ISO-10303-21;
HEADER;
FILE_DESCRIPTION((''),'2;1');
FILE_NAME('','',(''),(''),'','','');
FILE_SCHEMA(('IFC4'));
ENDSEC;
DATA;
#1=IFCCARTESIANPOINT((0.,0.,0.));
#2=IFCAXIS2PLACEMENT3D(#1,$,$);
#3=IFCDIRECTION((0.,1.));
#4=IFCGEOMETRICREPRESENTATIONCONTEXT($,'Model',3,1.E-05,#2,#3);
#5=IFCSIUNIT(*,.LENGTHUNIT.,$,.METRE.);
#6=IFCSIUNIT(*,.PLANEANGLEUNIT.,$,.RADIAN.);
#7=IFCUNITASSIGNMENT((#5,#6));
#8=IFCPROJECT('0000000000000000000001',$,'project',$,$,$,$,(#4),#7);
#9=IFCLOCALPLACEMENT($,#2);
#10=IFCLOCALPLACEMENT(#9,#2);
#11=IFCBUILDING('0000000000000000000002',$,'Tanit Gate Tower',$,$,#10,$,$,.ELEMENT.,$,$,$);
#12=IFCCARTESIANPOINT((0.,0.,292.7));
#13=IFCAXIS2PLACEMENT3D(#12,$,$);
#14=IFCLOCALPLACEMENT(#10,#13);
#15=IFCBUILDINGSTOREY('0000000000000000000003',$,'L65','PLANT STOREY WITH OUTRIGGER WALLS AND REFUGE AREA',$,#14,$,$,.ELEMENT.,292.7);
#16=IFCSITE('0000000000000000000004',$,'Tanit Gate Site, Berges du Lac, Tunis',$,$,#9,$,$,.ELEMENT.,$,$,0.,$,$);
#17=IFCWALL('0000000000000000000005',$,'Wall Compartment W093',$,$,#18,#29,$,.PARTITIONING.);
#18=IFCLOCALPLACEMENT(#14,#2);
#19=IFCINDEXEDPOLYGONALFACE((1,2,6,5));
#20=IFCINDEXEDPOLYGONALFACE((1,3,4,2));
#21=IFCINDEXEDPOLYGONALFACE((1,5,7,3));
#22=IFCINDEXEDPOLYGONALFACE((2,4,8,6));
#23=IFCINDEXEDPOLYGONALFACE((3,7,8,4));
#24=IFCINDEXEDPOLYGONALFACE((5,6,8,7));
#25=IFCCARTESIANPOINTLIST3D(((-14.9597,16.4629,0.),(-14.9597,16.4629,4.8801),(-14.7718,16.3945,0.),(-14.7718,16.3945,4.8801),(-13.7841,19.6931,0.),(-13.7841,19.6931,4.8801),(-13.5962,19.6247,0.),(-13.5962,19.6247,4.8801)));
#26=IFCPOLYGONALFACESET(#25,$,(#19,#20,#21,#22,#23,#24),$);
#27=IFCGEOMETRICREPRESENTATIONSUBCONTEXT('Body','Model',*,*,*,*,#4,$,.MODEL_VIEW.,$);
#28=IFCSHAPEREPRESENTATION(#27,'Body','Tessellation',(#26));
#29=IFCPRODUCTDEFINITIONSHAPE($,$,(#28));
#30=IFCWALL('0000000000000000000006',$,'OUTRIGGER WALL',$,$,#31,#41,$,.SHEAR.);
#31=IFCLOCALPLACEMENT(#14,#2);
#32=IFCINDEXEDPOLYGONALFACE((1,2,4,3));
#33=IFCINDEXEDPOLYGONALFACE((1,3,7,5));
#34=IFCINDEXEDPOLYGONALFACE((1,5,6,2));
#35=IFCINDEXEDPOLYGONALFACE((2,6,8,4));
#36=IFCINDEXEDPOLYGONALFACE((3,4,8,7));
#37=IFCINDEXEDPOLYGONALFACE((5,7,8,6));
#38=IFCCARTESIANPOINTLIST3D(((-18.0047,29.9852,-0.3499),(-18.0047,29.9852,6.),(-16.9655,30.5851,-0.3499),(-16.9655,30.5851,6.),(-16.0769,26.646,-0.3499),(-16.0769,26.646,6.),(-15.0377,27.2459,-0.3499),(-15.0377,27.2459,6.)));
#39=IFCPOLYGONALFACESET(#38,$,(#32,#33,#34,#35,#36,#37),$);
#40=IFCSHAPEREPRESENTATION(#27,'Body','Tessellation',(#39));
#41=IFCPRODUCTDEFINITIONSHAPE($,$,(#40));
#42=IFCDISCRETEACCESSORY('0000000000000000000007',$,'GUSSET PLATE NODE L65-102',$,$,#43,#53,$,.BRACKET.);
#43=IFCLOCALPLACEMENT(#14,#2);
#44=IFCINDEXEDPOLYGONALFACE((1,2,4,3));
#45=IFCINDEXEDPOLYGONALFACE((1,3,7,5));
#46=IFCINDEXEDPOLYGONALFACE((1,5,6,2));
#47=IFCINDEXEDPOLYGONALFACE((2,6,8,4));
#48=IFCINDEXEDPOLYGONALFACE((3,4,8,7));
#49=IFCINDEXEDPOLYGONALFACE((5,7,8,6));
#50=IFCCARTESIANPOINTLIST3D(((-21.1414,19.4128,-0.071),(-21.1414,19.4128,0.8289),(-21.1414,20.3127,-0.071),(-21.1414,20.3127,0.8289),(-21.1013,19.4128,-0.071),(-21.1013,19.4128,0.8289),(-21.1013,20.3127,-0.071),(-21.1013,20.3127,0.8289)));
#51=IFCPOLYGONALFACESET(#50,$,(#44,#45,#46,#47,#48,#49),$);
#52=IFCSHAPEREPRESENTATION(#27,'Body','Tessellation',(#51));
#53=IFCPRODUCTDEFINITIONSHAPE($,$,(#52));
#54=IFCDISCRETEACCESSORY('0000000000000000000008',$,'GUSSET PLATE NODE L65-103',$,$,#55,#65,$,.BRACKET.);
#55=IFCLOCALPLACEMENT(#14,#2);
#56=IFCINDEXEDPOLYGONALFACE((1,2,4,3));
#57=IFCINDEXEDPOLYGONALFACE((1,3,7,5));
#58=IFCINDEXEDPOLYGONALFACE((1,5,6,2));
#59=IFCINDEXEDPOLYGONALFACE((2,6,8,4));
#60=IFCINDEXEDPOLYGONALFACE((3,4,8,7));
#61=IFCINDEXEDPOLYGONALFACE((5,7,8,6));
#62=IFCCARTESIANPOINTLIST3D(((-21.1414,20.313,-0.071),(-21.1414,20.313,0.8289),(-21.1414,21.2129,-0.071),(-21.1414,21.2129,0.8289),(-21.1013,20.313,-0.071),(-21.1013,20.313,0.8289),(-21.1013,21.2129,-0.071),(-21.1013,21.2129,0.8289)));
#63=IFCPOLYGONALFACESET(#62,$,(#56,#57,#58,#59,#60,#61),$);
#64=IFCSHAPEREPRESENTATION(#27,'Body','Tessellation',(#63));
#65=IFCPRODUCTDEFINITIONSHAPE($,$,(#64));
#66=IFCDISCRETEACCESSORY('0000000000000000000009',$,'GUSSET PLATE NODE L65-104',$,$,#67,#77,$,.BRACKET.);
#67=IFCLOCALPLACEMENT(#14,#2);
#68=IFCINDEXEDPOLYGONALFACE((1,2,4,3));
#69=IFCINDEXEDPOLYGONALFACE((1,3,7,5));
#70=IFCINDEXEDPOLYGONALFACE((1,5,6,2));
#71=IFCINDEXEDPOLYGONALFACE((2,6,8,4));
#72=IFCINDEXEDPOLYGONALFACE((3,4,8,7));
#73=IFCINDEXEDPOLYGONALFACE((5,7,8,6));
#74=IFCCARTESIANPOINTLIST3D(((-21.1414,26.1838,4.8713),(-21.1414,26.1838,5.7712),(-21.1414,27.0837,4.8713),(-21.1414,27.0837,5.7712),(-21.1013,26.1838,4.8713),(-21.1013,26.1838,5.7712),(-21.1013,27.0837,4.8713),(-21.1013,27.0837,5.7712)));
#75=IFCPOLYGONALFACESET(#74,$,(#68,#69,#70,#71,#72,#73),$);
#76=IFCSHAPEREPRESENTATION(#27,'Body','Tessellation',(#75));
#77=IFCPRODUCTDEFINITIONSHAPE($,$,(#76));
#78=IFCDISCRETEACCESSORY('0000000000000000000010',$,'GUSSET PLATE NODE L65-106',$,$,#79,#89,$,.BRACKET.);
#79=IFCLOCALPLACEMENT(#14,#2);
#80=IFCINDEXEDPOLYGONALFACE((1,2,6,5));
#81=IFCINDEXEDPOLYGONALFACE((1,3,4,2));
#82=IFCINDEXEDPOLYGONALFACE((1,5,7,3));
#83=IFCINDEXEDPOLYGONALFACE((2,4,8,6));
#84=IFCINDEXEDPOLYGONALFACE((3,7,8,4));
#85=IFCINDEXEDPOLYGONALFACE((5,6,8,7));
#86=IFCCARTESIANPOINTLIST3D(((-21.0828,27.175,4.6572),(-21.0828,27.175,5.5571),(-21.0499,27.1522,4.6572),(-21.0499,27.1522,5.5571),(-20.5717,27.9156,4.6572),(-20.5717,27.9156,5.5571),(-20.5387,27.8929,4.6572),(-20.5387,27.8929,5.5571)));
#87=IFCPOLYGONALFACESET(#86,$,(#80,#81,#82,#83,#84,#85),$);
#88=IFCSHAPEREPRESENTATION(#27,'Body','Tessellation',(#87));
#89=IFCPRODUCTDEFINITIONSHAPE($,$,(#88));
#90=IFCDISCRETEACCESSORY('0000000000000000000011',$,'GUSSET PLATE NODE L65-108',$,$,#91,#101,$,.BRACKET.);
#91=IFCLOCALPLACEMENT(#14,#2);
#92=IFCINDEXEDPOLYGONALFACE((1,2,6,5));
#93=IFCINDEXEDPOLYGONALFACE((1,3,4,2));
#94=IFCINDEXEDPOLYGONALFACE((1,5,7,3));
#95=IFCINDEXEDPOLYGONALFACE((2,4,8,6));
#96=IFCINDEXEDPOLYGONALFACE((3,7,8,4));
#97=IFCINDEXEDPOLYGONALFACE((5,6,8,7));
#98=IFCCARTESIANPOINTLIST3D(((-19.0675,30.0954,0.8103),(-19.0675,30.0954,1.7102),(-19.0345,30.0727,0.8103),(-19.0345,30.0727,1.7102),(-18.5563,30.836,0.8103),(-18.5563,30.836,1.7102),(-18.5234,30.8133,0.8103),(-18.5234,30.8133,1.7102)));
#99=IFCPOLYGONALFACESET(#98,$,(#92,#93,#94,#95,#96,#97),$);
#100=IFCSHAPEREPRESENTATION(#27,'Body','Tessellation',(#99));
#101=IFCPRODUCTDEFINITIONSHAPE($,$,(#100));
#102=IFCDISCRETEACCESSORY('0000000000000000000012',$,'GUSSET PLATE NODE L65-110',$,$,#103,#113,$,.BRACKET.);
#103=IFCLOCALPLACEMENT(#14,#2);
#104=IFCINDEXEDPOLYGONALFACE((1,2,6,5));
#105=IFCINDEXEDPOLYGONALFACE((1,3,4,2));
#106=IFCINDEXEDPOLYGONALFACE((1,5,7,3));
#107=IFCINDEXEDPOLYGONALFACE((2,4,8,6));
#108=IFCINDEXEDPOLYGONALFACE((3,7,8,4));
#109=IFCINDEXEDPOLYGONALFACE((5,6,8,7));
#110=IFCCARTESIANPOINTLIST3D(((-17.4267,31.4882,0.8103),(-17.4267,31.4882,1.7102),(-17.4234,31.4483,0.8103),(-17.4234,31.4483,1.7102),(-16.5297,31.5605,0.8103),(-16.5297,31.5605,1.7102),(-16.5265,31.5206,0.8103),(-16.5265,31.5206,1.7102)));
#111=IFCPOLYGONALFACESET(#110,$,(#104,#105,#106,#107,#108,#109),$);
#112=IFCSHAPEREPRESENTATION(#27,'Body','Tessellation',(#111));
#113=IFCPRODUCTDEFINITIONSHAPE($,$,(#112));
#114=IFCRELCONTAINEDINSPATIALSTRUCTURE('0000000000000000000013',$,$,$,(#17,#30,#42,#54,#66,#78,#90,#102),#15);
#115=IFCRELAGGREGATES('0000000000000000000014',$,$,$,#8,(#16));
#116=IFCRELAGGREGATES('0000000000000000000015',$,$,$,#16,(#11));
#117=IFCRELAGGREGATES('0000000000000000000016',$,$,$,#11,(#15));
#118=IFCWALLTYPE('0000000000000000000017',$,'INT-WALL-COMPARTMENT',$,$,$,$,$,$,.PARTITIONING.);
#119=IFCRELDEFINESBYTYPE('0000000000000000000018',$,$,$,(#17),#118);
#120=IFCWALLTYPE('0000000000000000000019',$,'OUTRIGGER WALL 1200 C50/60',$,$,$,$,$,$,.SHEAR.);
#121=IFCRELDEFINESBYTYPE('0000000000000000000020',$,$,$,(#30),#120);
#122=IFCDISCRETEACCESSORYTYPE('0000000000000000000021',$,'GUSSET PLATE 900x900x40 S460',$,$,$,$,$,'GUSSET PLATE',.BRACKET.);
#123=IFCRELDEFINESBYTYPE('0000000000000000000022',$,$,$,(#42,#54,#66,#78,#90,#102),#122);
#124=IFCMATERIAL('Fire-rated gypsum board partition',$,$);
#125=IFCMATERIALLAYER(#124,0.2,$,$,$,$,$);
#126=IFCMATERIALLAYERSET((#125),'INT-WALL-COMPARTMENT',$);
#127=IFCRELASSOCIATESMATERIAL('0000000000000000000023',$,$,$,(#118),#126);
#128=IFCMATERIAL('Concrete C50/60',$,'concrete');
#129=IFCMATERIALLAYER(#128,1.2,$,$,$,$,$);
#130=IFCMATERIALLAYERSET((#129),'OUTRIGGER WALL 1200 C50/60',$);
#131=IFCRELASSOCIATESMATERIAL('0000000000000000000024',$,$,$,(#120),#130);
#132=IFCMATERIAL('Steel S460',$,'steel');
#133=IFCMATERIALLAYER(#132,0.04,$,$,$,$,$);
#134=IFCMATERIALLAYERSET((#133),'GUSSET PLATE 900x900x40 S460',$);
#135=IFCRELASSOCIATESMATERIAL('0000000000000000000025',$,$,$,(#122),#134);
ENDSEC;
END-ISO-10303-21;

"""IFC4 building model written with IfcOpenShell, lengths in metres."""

from ifc_helpers import new_model, si_unit, direction, frame, frame_2d, origin, origin_2d, place, context, subcontext, project, spatial, rectangle, extrude, material, layer, layer_set, type_object, element, save


model = new_model("IFC4")

# Units and contexts
model_context = context("Model", 3, precision=1e-05, world=origin(), true_north=direction((0.0, 1.0)))
body_context = subcontext(model_context, "Body", "Model", "MODEL_VIEW")
ifc_project = project(units=[si_unit("LENGTHUNIT", "METRE"), si_unit("PLANEANGLEUNIT", "RADIAN")], contexts=[model_context])

# Site, building, storey
site_placement = place(None, origin())
site = spatial("IfcSite", under=ifc_project, at=site_placement, Name="Tanit Gate Site, Berges du Lac, Tunis", CompositionType="ELEMENT", RefElevation=0.0)
building_placement = place(site_placement, origin())
building = spatial("IfcBuilding", under=site, at=building_placement, Name="Tanit Gate Tower", CompositionType="ELEMENT")
storey_placement = place(building_placement, frame((0.0, 0.0, 292.7)))
storey = spatial("IfcBuildingStorey", under=building, at=storey_placement, Name="L65", Description="PLANT STOREY WITH OUTRIGGER WALLS AND REFUGE AREA", CompositionType="ELEMENT", Elevation=292.7)

# Walls
ifc_material_1 = material(Name="Fire-rated gypsum board partition")
ifc_layer_1 = layer(ifc_material_1, 0.2)
ifc_layer_set_1 = layer_set([ifc_layer_1], Name="INT-WALL-COMPARTMENT")
wall_type_1 = type_object("IfcWallType", Name="INT-WALL-COMPARTMENT", PredefinedType="PARTITIONING", material=ifc_layer_set_1)
wall_1_placement = place(storey_placement, frame((-13.6902, 19.6589, 0.0), z_axis=(0.0, 0.0, 1.0), x_axis=(-0.341977, -0.939708, 0.0)))
element("IfcWall", 1, at=wall_1_placement, inside=storey, type_object=wall_type_1, Name="Wall Compartment W093", PredefinedType="PARTITIONING", context=body_context, shape_type="SweptSolid", body=[
    extrude(rectangle(XDim=3.4375, YDim=0.2, at=frame_2d((1.7188, 0.0))), origin(), (0.0, 0.0, 1.0), 4.8801),
])
ifc_material_2 = material(Name="Concrete C50/60", Category="concrete")
ifc_layer_2 = layer(ifc_material_2, 1.2)
ifc_layer_set_2 = layer_set([ifc_layer_2], Name="OUTRIGGER WALL 1200 C50/60")
wall_type_2 = type_object("IfcWallType", Name="OUTRIGGER WALL 1200 C50/60", PredefinedType="SHEAR", material=ifc_layer_set_2)
wall_2_placement = place(storey_placement, frame((-15.5574, 26.946, -0.3499), z_axis=(0.0, 0.0, 1.0), x_axis=(-0.49998, 0.866037, 0.0)))
element("IfcWall", 2, at=wall_2_placement, inside=storey, type_object=wall_type_2, Name="OUTRIGGER WALL", PredefinedType="SHEAR", context=body_context, shape_type="SweptSolid", body=[
    extrude(rectangle(XDim=3.8557, YDim=1.2, at=frame_2d((1.9277, 0.0))), origin(), (0.0, 0.0, 1.0), 6.3499),
])

# Discrete accessories
ifc_material_3 = material(Name="Steel S460", Category="steel")
ifc_layer_3 = layer(ifc_material_3, 0.04)
ifc_layer_set_3 = layer_set([ifc_layer_3], Name="GUSSET PLATE 900x900x40 S460")
discrete_accessory_type = type_object("IfcDiscreteAccessoryType", Name="GUSSET PLATE 900x900x40 S460", ElementType="GUSSET PLATE", PredefinedType="BRACKET", material=ifc_layer_set_3)
for number, where, z_axis, x_axis, name in (
    (3, (-21.1213, 19.8628, -0.071), (0.0, 0.0, 1.0), (0.0, -1.0, 0.0), "GUSSET PLATE NODE L65-102"),
    (4, (-21.1213, 20.7629, -0.071), (0.0, 0.0, 1.0), (0.0, 1.0, 0.0), "GUSSET PLATE NODE L65-103"),
    (5, (-21.1213, 26.6338, 4.8713), (0.0, 0.0, 1.0), (0.0, -1.0, 0.0), "GUSSET PLATE NODE L65-104"),
    (6, (-20.8108, 27.5339, 4.6572), (0.0, 0.0, 1.0), (0.568016, 0.823017, 0.0), "GUSSET PLATE NODE L65-106"),
    (7, (-18.7954, 30.4543, 0.8103), (0.0, 0.0, 1.0), (-0.568016, -0.823017, 0.0), "GUSSET PLATE NODE L65-108"),
    (8, (-16.9766, 31.5044, 0.8103), (0.0, 0.0, 1.0), (0.996762, 0.080408, 0.0), "GUSSET PLATE NODE L65-110"),
):
    element("IfcDiscreteAccessory", number, at=place(storey_placement, frame(where, z_axis=z_axis, x_axis=x_axis)), inside=storey, type_object=discrete_accessory_type, Name=name, PredefinedType="BRACKET", context=body_context, shape_type="SweptSolid", body=[
        extrude(rectangle(XDim=0.8999, YDim=0.04, at=origin_2d()), origin(), (0.0, 0.0, 1.0), 0.8999),
    ])

save(model, "model.ifc")
